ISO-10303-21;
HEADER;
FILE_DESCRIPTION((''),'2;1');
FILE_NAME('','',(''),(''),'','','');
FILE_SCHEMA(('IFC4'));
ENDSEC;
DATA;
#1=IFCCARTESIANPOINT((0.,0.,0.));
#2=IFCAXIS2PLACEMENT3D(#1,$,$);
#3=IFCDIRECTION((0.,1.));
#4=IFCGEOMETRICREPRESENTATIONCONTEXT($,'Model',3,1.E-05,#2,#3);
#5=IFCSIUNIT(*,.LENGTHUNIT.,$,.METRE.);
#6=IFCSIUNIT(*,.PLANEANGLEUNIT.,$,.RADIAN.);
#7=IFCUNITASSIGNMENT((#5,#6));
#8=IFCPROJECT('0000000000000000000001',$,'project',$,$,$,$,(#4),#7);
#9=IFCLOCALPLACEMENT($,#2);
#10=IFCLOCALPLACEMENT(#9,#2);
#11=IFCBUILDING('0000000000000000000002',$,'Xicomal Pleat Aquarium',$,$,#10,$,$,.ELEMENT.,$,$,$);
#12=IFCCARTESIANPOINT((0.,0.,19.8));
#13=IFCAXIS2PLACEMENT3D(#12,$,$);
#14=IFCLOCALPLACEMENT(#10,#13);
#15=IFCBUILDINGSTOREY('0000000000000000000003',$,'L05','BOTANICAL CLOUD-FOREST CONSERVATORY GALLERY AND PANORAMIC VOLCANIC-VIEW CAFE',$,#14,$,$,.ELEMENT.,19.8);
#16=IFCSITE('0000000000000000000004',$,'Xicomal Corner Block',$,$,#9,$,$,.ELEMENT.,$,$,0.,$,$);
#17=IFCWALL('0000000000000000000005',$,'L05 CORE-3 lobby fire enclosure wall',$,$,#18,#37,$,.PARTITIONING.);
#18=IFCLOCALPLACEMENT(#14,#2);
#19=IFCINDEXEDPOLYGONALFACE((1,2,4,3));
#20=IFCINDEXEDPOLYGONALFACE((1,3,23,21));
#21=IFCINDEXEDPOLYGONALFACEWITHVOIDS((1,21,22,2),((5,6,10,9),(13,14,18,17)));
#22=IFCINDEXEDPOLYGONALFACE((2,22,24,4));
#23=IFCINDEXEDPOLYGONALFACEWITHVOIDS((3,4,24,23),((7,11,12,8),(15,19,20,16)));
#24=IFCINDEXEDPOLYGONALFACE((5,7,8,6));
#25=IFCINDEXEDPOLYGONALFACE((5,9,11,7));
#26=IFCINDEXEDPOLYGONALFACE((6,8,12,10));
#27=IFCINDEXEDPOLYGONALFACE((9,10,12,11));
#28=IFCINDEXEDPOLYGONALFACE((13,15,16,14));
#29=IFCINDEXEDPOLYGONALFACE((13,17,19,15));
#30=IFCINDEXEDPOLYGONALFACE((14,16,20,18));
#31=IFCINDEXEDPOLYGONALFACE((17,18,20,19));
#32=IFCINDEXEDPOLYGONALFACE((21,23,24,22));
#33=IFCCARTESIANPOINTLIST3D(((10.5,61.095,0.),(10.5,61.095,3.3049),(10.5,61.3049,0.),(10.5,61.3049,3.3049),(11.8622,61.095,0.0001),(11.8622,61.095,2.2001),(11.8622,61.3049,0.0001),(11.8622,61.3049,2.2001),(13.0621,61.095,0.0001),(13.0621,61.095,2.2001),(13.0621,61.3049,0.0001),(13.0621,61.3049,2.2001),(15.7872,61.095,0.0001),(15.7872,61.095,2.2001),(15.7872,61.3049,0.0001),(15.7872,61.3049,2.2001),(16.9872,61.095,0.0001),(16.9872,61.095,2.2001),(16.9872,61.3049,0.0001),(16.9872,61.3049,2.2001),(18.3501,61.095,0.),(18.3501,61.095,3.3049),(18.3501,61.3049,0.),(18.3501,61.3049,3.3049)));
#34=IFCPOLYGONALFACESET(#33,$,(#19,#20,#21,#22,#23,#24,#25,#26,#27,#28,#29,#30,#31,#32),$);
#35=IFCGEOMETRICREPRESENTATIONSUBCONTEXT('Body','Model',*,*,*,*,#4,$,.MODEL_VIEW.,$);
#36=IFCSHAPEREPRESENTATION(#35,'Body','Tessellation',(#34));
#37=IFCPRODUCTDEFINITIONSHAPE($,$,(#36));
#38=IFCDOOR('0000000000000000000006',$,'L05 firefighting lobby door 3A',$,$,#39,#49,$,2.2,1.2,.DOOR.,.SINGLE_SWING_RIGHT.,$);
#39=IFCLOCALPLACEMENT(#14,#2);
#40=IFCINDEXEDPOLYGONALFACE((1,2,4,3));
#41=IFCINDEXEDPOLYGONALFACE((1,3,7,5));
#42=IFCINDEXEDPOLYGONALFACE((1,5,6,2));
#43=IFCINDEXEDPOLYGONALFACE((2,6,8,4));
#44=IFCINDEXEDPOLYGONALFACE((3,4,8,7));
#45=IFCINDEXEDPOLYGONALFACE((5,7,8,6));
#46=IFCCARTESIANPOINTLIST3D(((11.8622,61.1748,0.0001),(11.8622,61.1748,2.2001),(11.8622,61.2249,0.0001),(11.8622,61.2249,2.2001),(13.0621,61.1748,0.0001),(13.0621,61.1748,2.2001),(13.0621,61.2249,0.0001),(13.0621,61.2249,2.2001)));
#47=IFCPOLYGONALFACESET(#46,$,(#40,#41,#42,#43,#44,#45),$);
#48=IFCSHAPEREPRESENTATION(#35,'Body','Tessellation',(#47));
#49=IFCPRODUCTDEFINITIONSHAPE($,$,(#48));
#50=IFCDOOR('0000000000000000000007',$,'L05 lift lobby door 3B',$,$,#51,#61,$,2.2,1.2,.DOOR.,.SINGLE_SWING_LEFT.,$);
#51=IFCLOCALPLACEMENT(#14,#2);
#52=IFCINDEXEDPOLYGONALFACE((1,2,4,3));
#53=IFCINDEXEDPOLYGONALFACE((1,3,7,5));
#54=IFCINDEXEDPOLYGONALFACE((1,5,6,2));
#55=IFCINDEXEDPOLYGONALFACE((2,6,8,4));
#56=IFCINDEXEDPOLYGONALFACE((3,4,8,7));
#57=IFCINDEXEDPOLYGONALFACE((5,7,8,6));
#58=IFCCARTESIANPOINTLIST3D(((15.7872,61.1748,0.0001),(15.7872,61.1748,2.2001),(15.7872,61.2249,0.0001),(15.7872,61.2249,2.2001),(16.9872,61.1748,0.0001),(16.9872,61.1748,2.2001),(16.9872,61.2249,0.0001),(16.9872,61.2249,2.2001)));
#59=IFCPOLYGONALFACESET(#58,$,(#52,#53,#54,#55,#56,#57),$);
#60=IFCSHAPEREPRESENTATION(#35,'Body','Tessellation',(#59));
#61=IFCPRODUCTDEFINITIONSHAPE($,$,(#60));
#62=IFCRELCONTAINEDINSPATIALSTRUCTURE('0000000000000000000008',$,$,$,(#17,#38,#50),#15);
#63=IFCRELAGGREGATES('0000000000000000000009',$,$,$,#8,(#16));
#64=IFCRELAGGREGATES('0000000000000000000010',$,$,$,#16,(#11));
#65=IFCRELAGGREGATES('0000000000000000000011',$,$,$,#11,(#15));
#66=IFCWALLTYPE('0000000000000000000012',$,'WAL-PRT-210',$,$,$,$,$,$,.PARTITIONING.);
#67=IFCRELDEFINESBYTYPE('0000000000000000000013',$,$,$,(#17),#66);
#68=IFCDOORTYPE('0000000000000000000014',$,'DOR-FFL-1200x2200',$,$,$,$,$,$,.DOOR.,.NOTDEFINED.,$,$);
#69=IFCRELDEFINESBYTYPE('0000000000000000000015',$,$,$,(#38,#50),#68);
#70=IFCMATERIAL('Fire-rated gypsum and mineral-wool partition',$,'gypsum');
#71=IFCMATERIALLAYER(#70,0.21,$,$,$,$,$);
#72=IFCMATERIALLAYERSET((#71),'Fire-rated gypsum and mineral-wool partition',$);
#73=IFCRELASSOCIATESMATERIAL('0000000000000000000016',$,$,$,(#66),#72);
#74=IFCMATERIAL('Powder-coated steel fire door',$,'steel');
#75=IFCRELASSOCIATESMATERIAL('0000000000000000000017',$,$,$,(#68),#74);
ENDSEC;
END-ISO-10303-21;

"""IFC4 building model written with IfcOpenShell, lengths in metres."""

from ifc_helpers import new_model, si_unit, direction, frame, frame_2d, origin, place, context, subcontext, project, spatial, rectangle, extrude, material, layer, layer_set, type_object, element, fill, save


model = new_model("IFC4")

# Units and contexts
model_context = context("Model", 3, precision=1e-05, world=origin(), true_north=direction((0.0, 1.0)))
body_context = subcontext(model_context, "Body", "Model", "MODEL_VIEW")
ifc_project = project(units=[si_unit("LENGTHUNIT", "METRE"), si_unit("PLANEANGLEUNIT", "RADIAN")], contexts=[model_context])

# Site, building, storey
site_placement = place(None, origin())
site = spatial("IfcSite", under=ifc_project, at=site_placement, Name="Xicomal Corner Block", CompositionType="ELEMENT", RefElevation=0.0)
building_placement = place(site_placement, origin())
building = spatial("IfcBuilding", under=site, at=building_placement, Name="Xicomal Pleat Aquarium", CompositionType="ELEMENT")
storey_placement = place(building_placement, frame((0.0, 0.0, 19.8)))
storey = spatial("IfcBuildingStorey", under=building, at=storey_placement, Name="L05", Description="BOTANICAL CLOUD-FOREST CONSERVATORY GALLERY AND PANORAMIC VOLCANIC-VIEW CAFE", CompositionType="ELEMENT", Elevation=19.8)

# Wall, openings, doors
ifc_material_1 = material(Name="Fire-rated gypsum and mineral-wool partition", Category="gypsum")
ifc_layer_1 = layer(ifc_material_1, 0.21)
ifc_layer_set_1 = layer_set([ifc_layer_1], Name="Fire-rated gypsum and mineral-wool partition")
wall_type_1 = type_object("IfcWallType", Name="WAL-PRT-210", PredefinedType="PARTITIONING", material=ifc_layer_set_1)
wall_1_placement = place(storey_placement, frame((10.5, 61.2, 0.0), z_axis=(0.0, 0.0, 1.0), x_axis=(1.0, 0.0, 0.0)))
wall_1 = element("IfcWall", 1, at=wall_1_placement, inside=storey, type_object=wall_type_1, Name="L05 CORE-3 lobby fire enclosure wall", PredefinedType="PARTITIONING", context=body_context, shape_type="SweptSolid", body=[
    extrude(rectangle(XDim=7.8501, YDim=0.21, at=frame_2d((3.925, 0.0))), origin(), (0.0, 0.0, 1.0), 3.3049),
])
opening_1_placement = place(wall_1_placement, frame((1.3621, 0.0, 0.0)))
opening_1 = element("IfcOpeningElement", 2, at=opening_1_placement, cuts=wall_1, PredefinedType="OPENING", context=body_context, shape_type="SweptSolid", body=[
    extrude(rectangle(XDim=1.2, YDim=2.2, at=frame_2d((0.6001, 1.1001))), frame((0.0, 0.115, 0.0), z_axis=(0.0, -1.0, 0.0), x_axis=(1.0, 0.0, 0.0)), (0.0, 0.0, 1.0), 0.23),
])
opening_2_placement = place(wall_1_placement, frame((5.2871, 0.0, 0.0)))
opening_2 = element("IfcOpeningElement", 3, at=opening_2_placement, cuts=wall_1, PredefinedType="OPENING", context=body_context, shape_type="SweptSolid", body=[
    extrude(rectangle(XDim=1.2, YDim=2.2, at=frame_2d((0.6001, 1.1001))), frame((0.0, 0.115, 0.0), z_axis=(0.0, -1.0, 0.0), x_axis=(1.0, 0.0, 0.0)), (0.0, 0.0, 1.0), 0.23),
])
ifc_material_2 = material(Name="Powder-coated steel fire door", Category="steel")
door_type_1 = type_object("IfcDoorType", Name="DOR-FFL-1200x2200", OperationType="NOTDEFINED", PredefinedType="DOOR", material=ifc_material_2)
door_1_placement = place(opening_1_placement, origin())
door_1 = element("IfcDoor", 4, at=door_1_placement, inside=storey, type_object=door_type_1, Name="L05 firefighting lobby door 3A", OperationType="SINGLE_SWING_RIGHT", OverallHeight=2.2, OverallWidth=1.2, PredefinedType="DOOR", context=body_context, shape_type="SweptSolid", body=[
    extrude(rectangle(XDim=1.2, YDim=2.2, at=frame_2d((0.6001, 1.1001))), frame((0.0, 0.0249, 0.0), z_axis=(0.0, -1.0, 0.0), x_axis=(1.0, 0.0, 0.0)), (0.0, 0.0, 1.0), 0.05),
])
fill(opening_1, door_1)
door_2_placement = place(opening_2_placement, origin())
door_2 = element("IfcDoor", 5, at=door_2_placement, inside=storey, type_object=door_type_1, Name="L05 lift lobby door 3B", OperationType="SINGLE_SWING_LEFT", OverallHeight=2.2, OverallWidth=1.2, PredefinedType="DOOR", context=body_context, shape_type="SweptSolid", body=[
    extrude(rectangle(XDim=1.2, YDim=2.2, at=frame_2d((0.6001, 1.1001))), frame((0.0, 0.0249, 0.0), z_axis=(0.0, -1.0, 0.0), x_axis=(1.0, 0.0, 0.0)), (0.0, 0.0, 1.0), 0.05),
])
fill(opening_2, door_2)

save(model, "model.ifc")
